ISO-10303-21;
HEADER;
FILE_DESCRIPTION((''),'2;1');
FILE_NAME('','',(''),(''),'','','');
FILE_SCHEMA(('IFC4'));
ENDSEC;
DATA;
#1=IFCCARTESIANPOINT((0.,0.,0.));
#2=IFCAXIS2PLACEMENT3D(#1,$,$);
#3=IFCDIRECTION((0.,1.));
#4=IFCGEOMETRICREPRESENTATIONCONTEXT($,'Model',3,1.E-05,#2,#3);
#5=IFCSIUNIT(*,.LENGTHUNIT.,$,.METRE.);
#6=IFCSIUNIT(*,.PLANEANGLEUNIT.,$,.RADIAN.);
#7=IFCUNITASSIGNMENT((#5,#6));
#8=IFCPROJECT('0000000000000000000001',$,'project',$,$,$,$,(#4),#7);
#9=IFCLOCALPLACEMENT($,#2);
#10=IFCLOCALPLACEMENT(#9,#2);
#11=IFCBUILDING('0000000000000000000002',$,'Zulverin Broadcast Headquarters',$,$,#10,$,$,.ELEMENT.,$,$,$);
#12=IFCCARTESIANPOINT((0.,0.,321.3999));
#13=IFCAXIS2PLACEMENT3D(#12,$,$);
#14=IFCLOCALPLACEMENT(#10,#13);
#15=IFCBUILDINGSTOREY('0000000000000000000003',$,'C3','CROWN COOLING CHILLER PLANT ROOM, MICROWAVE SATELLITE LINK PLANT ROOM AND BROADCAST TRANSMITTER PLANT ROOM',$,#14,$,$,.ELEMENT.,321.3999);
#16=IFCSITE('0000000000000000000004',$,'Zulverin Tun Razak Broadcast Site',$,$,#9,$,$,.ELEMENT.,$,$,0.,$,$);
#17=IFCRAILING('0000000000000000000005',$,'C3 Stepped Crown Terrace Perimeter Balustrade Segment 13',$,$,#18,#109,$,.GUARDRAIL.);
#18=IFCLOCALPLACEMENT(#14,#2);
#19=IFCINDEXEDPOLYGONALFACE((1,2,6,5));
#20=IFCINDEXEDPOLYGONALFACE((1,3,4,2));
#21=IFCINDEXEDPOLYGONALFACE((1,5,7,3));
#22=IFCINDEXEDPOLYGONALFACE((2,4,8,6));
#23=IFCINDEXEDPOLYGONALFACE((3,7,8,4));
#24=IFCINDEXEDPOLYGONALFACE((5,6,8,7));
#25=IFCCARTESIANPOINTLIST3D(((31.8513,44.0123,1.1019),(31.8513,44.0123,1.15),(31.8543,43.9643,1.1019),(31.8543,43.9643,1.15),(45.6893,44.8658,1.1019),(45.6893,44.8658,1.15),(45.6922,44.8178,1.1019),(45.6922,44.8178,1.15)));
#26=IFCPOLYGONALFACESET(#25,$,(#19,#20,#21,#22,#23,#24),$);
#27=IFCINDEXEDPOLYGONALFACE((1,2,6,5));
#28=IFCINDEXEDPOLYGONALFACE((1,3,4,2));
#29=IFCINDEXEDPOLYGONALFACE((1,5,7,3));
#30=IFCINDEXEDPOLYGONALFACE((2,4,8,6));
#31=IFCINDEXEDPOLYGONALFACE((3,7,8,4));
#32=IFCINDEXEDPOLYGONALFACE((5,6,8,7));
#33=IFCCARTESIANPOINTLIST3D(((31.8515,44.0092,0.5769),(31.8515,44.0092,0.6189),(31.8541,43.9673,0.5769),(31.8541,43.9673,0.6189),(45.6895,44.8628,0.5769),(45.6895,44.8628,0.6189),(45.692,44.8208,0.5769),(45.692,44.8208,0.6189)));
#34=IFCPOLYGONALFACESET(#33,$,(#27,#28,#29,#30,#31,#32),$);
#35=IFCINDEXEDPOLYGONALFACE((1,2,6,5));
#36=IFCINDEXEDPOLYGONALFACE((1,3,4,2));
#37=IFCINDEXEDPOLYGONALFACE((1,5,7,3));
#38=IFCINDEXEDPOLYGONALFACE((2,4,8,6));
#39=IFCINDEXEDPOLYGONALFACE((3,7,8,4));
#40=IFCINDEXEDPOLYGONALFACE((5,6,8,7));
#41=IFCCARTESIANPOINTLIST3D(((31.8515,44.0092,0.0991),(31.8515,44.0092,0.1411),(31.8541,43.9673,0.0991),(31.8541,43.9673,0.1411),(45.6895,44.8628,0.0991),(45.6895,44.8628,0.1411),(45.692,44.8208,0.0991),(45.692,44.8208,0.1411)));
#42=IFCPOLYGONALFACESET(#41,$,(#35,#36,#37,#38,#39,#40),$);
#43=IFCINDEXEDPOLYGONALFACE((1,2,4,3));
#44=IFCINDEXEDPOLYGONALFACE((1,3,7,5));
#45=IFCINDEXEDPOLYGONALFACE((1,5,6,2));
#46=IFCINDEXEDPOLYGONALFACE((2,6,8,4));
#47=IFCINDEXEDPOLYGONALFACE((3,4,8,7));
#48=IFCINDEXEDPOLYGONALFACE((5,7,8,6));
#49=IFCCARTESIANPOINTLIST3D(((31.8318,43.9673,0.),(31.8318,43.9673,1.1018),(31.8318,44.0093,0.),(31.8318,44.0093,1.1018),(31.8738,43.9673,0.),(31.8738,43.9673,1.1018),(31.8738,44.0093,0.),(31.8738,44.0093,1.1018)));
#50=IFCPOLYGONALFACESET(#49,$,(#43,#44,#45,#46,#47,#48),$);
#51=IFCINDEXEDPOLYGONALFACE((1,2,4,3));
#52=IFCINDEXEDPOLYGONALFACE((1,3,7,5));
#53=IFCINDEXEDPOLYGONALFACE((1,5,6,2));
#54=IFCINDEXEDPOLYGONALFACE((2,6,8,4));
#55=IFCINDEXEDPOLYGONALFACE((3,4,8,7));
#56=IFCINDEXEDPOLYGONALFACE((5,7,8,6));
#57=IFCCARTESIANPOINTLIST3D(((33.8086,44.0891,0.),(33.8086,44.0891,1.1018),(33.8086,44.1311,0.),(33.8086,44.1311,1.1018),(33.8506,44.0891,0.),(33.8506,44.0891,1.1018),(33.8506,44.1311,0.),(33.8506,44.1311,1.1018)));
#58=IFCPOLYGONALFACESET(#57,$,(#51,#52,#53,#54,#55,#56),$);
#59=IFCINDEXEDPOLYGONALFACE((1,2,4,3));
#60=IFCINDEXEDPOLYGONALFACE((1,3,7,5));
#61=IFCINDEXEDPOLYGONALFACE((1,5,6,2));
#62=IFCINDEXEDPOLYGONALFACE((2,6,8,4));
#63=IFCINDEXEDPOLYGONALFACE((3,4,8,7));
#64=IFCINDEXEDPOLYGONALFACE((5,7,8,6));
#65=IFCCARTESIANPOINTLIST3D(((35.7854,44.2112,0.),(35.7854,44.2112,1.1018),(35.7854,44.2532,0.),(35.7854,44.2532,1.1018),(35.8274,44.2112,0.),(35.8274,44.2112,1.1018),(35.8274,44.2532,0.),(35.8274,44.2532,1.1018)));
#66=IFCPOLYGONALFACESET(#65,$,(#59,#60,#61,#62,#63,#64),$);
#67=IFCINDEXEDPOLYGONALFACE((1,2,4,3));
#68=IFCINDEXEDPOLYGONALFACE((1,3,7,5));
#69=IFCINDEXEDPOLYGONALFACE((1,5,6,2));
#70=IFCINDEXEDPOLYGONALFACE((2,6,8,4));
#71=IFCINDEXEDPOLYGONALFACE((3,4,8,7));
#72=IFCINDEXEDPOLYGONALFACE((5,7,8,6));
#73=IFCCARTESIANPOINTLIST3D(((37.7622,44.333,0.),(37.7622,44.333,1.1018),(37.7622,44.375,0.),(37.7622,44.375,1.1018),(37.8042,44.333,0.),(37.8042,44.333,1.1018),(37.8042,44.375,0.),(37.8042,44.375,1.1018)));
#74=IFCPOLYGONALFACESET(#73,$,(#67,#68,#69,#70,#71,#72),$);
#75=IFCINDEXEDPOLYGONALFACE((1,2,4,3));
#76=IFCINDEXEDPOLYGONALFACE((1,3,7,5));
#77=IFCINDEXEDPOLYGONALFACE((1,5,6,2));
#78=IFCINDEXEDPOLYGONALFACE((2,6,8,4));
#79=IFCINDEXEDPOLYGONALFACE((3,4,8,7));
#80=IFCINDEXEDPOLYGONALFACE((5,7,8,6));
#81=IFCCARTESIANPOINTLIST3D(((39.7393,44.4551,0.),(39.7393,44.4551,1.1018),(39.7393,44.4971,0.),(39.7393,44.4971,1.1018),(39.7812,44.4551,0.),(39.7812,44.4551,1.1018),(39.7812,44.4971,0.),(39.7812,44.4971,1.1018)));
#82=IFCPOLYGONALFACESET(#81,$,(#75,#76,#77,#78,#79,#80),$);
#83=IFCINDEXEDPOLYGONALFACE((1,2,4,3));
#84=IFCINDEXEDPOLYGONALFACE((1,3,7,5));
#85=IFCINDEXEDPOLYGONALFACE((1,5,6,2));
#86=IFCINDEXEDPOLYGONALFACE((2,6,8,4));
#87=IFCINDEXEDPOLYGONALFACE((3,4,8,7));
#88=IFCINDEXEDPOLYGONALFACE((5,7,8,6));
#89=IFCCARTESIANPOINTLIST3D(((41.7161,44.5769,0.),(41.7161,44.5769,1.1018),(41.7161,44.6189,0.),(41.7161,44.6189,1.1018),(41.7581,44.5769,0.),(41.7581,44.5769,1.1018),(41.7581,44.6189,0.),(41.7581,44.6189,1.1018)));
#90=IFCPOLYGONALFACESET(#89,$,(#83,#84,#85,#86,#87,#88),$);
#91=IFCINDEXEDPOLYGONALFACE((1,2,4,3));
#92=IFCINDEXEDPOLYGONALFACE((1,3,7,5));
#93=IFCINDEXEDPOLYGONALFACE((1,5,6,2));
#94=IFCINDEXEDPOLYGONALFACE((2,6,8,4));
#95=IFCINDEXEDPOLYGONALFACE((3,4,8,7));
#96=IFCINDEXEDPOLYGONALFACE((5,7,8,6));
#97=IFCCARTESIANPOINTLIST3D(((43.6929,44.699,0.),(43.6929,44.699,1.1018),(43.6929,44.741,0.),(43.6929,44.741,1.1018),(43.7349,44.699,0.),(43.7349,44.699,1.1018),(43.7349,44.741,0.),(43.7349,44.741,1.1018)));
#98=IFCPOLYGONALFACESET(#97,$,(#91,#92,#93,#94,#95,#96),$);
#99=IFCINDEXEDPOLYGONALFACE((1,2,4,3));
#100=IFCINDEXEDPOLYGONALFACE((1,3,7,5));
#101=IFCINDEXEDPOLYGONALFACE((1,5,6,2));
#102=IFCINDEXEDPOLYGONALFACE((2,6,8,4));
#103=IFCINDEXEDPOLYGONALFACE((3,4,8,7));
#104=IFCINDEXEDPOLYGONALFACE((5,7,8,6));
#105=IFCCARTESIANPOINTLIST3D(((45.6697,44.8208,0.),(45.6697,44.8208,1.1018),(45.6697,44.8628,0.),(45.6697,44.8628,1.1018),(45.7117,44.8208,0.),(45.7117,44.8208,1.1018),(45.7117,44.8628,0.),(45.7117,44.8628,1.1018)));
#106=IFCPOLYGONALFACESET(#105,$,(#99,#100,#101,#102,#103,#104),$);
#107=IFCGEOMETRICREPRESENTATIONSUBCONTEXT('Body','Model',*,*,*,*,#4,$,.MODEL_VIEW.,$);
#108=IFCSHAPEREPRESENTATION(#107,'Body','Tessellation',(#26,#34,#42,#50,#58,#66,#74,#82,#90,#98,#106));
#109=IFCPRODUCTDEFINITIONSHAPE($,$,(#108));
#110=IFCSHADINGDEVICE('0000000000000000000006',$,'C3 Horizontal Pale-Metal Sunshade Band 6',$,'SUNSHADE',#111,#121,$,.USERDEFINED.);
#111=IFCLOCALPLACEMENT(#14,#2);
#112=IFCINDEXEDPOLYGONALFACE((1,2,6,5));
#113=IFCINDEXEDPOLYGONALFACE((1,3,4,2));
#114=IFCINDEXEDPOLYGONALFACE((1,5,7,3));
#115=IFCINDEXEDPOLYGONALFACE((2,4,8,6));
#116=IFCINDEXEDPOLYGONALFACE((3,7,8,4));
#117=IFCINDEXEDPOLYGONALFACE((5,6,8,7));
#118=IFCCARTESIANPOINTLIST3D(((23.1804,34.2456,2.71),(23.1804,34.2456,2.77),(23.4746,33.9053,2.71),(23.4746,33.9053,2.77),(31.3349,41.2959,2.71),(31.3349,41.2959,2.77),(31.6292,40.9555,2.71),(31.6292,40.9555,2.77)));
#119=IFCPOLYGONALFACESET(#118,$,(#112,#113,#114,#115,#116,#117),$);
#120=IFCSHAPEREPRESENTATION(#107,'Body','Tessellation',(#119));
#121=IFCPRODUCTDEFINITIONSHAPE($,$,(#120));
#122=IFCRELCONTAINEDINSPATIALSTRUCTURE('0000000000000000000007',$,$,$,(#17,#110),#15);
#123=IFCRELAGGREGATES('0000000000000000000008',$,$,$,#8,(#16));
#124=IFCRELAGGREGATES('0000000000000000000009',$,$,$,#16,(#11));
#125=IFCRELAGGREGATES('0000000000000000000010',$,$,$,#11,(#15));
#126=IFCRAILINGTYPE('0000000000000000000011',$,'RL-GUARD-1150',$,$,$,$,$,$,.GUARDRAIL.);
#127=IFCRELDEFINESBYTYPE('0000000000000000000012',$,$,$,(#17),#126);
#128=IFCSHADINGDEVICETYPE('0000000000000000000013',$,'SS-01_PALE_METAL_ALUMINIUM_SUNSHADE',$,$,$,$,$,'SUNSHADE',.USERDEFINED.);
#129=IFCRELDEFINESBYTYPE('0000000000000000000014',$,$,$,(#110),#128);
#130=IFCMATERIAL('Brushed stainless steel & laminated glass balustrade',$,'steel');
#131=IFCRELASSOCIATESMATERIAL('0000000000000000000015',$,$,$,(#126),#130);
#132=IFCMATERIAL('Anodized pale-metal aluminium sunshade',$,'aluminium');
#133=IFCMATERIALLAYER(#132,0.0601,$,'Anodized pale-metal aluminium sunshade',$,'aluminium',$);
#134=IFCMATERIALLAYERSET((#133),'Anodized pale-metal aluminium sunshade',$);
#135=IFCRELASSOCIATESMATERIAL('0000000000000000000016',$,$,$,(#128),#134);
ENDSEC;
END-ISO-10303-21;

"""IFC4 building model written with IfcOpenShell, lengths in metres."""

from ifc_helpers import new_model, si_unit, direction, frame, origin, origin_2d, place, context, subcontext, project, spatial, rectangle, extrude, material, layer, layer_set, type_object, element, save


model = new_model("IFC4")

# Units and contexts
model_context = context("Model", 3, precision=1e-05, world=origin(), true_north=direction((0.0, 1.0)))
body_context = subcontext(model_context, "Body", "Model", "MODEL_VIEW")
ifc_project = project(units=[si_unit("LENGTHUNIT", "METRE"), si_unit("PLANEANGLEUNIT", "RADIAN")], contexts=[model_context])

# Site, building, storey
site_placement = place(None, origin())
site = spatial("IfcSite", under=ifc_project, at=site_placement, Name="Zulverin Tun Razak Broadcast Site", CompositionType="ELEMENT", RefElevation=0.0)
building_placement = place(site_placement, origin())
building = spatial("IfcBuilding", under=site, at=building_placement, Name="Zulverin Broadcast Headquarters", CompositionType="ELEMENT")
storey_placement = place(building_placement, frame((0.0, 0.0, 321.3999)))
storey = spatial("IfcBuildingStorey", under=building, at=storey_placement, Name="C3", Description="CROWN COOLING CHILLER PLANT ROOM, MICROWAVE SATELLITE LINK PLANT ROOM AND BROADCAST TRANSMITTER PLANT ROOM", CompositionType="ELEMENT", Elevation=321.3999)

# Railing
ifc_material_1 = material(Name="Brushed stainless steel & laminated glass balustrade", Category="steel")
railing_type = type_object("IfcRailingType", Name="RL-GUARD-1150", PredefinedType="GUARDRAIL", material=ifc_material_1)
railing_1_placement = place(storey_placement, frame((31.8528, 43.9883, 0.0)))
element("IfcRailing", 1, at=railing_1_placement, inside=storey, type_object=railing_type, Name="C3 Stepped Crown Terrace Perimeter Balustrade Segment 13", PredefinedType="GUARDRAIL", context=body_context, shape_type="SweptSolid", body=[
    extrude(rectangle(XDim=0.0481, YDim=0.0481, at=origin_2d()), frame((0.0, 0.0, 1.126), z_axis=(0.998103, 0.061563, 0.0), x_axis=(-0.061563, 0.998103, 0.0)), (0.0, 0.0, 1.0), 13.8643),
    extrude(rectangle(XDim=0.042, YDim=0.042, at=origin_2d()), frame((0.0, 0.0, 0.5979), z_axis=(0.998103, 0.061563, 0.0), x_axis=(-0.061563, 0.998103, 0.0)), (0.0, 0.0, 1.0), 13.8643),
    extrude(rectangle(XDim=0.042, YDim=0.042, at=origin_2d()), frame((0.0, 0.0, 0.1201), z_axis=(0.998103, 0.061563, 0.0), x_axis=(-0.061563, 0.998103, 0.0)), (0.0, 0.0, 1.0), 13.8643),
    extrude(rectangle(XDim=0.042, YDim=0.042, at=origin_2d()), origin(), (0.0, 0.0, 1.0), 1.1018),
    extrude(rectangle(XDim=0.042, YDim=0.042, at=origin_2d()), frame((1.9768, 0.1218, 0.0)), (0.0, 0.0, 1.0), 1.1018),
    extrude(rectangle(XDim=0.042, YDim=0.042, at=origin_2d()), frame((3.9536, 0.2439, 0.0)), (0.0, 0.0, 1.0), 1.1018),
    extrude(rectangle(XDim=0.042, YDim=0.042, at=origin_2d()), frame((5.9304, 0.3657, 0.0)), (0.0, 0.0, 1.0), 1.1018),
    extrude(rectangle(XDim=0.042, YDim=0.042, at=origin_2d()), frame((7.9075, 0.4878, 0.0)), (0.0, 0.0, 1.0), 1.1018),
    extrude(rectangle(XDim=0.042, YDim=0.042, at=origin_2d()), frame((9.8843, 0.6096, 0.0)), (0.0, 0.0, 1.0), 1.1018),
    extrude(rectangle(XDim=0.042, YDim=0.042, at=origin_2d()), frame((11.8611, 0.7317, 0.0)), (0.0, 0.0, 1.0), 1.1018),
    extrude(rectangle(XDim=0.042, YDim=0.042, at=origin_2d()), frame((13.8379, 0.8535, 0.0)), (0.0, 0.0, 1.0), 1.1018),
])

# Shading device
ifc_material_2 = material(Name="Anodized pale-metal aluminium sunshade", Category="aluminium")
ifc_layer_1 = layer(ifc_material_2, 0.0601, Name="Anodized pale-metal aluminium sunshade", Category="aluminium")
ifc_layer_set_1 = layer_set([ifc_layer_1], Name="Anodized pale-metal aluminium sunshade")
shading_device_type = type_object("IfcShadingDeviceType", Name="SS-01_PALE_METAL_ALUMINIUM_SUNSHADE", ElementType="SUNSHADE", PredefinedType="USERDEFINED", material=ifc_layer_set_1)
shading_device_placement = place(storey_placement, frame((27.4048, 37.6006, 2.71), z_axis=(0.0, 0.0, 1.0), x_axis=(-0.75647, -0.654028, 0.0)))
element("IfcShadingDevice", 2, at=shading_device_placement, inside=storey, type_object=shading_device_type, Name="C3 Horizontal Pale-Metal Sunshade Band 6", ObjectType="SUNSHADE", PredefinedType="USERDEFINED", context=body_context, shape_type="SweptSolid", body=[
    extrude(rectangle(XDim=10.7798, YDim=0.45, at=origin_2d()), origin(), (0.0, 0.0, 1.0), 0.0601),
])

save(model, "model.ifc")
